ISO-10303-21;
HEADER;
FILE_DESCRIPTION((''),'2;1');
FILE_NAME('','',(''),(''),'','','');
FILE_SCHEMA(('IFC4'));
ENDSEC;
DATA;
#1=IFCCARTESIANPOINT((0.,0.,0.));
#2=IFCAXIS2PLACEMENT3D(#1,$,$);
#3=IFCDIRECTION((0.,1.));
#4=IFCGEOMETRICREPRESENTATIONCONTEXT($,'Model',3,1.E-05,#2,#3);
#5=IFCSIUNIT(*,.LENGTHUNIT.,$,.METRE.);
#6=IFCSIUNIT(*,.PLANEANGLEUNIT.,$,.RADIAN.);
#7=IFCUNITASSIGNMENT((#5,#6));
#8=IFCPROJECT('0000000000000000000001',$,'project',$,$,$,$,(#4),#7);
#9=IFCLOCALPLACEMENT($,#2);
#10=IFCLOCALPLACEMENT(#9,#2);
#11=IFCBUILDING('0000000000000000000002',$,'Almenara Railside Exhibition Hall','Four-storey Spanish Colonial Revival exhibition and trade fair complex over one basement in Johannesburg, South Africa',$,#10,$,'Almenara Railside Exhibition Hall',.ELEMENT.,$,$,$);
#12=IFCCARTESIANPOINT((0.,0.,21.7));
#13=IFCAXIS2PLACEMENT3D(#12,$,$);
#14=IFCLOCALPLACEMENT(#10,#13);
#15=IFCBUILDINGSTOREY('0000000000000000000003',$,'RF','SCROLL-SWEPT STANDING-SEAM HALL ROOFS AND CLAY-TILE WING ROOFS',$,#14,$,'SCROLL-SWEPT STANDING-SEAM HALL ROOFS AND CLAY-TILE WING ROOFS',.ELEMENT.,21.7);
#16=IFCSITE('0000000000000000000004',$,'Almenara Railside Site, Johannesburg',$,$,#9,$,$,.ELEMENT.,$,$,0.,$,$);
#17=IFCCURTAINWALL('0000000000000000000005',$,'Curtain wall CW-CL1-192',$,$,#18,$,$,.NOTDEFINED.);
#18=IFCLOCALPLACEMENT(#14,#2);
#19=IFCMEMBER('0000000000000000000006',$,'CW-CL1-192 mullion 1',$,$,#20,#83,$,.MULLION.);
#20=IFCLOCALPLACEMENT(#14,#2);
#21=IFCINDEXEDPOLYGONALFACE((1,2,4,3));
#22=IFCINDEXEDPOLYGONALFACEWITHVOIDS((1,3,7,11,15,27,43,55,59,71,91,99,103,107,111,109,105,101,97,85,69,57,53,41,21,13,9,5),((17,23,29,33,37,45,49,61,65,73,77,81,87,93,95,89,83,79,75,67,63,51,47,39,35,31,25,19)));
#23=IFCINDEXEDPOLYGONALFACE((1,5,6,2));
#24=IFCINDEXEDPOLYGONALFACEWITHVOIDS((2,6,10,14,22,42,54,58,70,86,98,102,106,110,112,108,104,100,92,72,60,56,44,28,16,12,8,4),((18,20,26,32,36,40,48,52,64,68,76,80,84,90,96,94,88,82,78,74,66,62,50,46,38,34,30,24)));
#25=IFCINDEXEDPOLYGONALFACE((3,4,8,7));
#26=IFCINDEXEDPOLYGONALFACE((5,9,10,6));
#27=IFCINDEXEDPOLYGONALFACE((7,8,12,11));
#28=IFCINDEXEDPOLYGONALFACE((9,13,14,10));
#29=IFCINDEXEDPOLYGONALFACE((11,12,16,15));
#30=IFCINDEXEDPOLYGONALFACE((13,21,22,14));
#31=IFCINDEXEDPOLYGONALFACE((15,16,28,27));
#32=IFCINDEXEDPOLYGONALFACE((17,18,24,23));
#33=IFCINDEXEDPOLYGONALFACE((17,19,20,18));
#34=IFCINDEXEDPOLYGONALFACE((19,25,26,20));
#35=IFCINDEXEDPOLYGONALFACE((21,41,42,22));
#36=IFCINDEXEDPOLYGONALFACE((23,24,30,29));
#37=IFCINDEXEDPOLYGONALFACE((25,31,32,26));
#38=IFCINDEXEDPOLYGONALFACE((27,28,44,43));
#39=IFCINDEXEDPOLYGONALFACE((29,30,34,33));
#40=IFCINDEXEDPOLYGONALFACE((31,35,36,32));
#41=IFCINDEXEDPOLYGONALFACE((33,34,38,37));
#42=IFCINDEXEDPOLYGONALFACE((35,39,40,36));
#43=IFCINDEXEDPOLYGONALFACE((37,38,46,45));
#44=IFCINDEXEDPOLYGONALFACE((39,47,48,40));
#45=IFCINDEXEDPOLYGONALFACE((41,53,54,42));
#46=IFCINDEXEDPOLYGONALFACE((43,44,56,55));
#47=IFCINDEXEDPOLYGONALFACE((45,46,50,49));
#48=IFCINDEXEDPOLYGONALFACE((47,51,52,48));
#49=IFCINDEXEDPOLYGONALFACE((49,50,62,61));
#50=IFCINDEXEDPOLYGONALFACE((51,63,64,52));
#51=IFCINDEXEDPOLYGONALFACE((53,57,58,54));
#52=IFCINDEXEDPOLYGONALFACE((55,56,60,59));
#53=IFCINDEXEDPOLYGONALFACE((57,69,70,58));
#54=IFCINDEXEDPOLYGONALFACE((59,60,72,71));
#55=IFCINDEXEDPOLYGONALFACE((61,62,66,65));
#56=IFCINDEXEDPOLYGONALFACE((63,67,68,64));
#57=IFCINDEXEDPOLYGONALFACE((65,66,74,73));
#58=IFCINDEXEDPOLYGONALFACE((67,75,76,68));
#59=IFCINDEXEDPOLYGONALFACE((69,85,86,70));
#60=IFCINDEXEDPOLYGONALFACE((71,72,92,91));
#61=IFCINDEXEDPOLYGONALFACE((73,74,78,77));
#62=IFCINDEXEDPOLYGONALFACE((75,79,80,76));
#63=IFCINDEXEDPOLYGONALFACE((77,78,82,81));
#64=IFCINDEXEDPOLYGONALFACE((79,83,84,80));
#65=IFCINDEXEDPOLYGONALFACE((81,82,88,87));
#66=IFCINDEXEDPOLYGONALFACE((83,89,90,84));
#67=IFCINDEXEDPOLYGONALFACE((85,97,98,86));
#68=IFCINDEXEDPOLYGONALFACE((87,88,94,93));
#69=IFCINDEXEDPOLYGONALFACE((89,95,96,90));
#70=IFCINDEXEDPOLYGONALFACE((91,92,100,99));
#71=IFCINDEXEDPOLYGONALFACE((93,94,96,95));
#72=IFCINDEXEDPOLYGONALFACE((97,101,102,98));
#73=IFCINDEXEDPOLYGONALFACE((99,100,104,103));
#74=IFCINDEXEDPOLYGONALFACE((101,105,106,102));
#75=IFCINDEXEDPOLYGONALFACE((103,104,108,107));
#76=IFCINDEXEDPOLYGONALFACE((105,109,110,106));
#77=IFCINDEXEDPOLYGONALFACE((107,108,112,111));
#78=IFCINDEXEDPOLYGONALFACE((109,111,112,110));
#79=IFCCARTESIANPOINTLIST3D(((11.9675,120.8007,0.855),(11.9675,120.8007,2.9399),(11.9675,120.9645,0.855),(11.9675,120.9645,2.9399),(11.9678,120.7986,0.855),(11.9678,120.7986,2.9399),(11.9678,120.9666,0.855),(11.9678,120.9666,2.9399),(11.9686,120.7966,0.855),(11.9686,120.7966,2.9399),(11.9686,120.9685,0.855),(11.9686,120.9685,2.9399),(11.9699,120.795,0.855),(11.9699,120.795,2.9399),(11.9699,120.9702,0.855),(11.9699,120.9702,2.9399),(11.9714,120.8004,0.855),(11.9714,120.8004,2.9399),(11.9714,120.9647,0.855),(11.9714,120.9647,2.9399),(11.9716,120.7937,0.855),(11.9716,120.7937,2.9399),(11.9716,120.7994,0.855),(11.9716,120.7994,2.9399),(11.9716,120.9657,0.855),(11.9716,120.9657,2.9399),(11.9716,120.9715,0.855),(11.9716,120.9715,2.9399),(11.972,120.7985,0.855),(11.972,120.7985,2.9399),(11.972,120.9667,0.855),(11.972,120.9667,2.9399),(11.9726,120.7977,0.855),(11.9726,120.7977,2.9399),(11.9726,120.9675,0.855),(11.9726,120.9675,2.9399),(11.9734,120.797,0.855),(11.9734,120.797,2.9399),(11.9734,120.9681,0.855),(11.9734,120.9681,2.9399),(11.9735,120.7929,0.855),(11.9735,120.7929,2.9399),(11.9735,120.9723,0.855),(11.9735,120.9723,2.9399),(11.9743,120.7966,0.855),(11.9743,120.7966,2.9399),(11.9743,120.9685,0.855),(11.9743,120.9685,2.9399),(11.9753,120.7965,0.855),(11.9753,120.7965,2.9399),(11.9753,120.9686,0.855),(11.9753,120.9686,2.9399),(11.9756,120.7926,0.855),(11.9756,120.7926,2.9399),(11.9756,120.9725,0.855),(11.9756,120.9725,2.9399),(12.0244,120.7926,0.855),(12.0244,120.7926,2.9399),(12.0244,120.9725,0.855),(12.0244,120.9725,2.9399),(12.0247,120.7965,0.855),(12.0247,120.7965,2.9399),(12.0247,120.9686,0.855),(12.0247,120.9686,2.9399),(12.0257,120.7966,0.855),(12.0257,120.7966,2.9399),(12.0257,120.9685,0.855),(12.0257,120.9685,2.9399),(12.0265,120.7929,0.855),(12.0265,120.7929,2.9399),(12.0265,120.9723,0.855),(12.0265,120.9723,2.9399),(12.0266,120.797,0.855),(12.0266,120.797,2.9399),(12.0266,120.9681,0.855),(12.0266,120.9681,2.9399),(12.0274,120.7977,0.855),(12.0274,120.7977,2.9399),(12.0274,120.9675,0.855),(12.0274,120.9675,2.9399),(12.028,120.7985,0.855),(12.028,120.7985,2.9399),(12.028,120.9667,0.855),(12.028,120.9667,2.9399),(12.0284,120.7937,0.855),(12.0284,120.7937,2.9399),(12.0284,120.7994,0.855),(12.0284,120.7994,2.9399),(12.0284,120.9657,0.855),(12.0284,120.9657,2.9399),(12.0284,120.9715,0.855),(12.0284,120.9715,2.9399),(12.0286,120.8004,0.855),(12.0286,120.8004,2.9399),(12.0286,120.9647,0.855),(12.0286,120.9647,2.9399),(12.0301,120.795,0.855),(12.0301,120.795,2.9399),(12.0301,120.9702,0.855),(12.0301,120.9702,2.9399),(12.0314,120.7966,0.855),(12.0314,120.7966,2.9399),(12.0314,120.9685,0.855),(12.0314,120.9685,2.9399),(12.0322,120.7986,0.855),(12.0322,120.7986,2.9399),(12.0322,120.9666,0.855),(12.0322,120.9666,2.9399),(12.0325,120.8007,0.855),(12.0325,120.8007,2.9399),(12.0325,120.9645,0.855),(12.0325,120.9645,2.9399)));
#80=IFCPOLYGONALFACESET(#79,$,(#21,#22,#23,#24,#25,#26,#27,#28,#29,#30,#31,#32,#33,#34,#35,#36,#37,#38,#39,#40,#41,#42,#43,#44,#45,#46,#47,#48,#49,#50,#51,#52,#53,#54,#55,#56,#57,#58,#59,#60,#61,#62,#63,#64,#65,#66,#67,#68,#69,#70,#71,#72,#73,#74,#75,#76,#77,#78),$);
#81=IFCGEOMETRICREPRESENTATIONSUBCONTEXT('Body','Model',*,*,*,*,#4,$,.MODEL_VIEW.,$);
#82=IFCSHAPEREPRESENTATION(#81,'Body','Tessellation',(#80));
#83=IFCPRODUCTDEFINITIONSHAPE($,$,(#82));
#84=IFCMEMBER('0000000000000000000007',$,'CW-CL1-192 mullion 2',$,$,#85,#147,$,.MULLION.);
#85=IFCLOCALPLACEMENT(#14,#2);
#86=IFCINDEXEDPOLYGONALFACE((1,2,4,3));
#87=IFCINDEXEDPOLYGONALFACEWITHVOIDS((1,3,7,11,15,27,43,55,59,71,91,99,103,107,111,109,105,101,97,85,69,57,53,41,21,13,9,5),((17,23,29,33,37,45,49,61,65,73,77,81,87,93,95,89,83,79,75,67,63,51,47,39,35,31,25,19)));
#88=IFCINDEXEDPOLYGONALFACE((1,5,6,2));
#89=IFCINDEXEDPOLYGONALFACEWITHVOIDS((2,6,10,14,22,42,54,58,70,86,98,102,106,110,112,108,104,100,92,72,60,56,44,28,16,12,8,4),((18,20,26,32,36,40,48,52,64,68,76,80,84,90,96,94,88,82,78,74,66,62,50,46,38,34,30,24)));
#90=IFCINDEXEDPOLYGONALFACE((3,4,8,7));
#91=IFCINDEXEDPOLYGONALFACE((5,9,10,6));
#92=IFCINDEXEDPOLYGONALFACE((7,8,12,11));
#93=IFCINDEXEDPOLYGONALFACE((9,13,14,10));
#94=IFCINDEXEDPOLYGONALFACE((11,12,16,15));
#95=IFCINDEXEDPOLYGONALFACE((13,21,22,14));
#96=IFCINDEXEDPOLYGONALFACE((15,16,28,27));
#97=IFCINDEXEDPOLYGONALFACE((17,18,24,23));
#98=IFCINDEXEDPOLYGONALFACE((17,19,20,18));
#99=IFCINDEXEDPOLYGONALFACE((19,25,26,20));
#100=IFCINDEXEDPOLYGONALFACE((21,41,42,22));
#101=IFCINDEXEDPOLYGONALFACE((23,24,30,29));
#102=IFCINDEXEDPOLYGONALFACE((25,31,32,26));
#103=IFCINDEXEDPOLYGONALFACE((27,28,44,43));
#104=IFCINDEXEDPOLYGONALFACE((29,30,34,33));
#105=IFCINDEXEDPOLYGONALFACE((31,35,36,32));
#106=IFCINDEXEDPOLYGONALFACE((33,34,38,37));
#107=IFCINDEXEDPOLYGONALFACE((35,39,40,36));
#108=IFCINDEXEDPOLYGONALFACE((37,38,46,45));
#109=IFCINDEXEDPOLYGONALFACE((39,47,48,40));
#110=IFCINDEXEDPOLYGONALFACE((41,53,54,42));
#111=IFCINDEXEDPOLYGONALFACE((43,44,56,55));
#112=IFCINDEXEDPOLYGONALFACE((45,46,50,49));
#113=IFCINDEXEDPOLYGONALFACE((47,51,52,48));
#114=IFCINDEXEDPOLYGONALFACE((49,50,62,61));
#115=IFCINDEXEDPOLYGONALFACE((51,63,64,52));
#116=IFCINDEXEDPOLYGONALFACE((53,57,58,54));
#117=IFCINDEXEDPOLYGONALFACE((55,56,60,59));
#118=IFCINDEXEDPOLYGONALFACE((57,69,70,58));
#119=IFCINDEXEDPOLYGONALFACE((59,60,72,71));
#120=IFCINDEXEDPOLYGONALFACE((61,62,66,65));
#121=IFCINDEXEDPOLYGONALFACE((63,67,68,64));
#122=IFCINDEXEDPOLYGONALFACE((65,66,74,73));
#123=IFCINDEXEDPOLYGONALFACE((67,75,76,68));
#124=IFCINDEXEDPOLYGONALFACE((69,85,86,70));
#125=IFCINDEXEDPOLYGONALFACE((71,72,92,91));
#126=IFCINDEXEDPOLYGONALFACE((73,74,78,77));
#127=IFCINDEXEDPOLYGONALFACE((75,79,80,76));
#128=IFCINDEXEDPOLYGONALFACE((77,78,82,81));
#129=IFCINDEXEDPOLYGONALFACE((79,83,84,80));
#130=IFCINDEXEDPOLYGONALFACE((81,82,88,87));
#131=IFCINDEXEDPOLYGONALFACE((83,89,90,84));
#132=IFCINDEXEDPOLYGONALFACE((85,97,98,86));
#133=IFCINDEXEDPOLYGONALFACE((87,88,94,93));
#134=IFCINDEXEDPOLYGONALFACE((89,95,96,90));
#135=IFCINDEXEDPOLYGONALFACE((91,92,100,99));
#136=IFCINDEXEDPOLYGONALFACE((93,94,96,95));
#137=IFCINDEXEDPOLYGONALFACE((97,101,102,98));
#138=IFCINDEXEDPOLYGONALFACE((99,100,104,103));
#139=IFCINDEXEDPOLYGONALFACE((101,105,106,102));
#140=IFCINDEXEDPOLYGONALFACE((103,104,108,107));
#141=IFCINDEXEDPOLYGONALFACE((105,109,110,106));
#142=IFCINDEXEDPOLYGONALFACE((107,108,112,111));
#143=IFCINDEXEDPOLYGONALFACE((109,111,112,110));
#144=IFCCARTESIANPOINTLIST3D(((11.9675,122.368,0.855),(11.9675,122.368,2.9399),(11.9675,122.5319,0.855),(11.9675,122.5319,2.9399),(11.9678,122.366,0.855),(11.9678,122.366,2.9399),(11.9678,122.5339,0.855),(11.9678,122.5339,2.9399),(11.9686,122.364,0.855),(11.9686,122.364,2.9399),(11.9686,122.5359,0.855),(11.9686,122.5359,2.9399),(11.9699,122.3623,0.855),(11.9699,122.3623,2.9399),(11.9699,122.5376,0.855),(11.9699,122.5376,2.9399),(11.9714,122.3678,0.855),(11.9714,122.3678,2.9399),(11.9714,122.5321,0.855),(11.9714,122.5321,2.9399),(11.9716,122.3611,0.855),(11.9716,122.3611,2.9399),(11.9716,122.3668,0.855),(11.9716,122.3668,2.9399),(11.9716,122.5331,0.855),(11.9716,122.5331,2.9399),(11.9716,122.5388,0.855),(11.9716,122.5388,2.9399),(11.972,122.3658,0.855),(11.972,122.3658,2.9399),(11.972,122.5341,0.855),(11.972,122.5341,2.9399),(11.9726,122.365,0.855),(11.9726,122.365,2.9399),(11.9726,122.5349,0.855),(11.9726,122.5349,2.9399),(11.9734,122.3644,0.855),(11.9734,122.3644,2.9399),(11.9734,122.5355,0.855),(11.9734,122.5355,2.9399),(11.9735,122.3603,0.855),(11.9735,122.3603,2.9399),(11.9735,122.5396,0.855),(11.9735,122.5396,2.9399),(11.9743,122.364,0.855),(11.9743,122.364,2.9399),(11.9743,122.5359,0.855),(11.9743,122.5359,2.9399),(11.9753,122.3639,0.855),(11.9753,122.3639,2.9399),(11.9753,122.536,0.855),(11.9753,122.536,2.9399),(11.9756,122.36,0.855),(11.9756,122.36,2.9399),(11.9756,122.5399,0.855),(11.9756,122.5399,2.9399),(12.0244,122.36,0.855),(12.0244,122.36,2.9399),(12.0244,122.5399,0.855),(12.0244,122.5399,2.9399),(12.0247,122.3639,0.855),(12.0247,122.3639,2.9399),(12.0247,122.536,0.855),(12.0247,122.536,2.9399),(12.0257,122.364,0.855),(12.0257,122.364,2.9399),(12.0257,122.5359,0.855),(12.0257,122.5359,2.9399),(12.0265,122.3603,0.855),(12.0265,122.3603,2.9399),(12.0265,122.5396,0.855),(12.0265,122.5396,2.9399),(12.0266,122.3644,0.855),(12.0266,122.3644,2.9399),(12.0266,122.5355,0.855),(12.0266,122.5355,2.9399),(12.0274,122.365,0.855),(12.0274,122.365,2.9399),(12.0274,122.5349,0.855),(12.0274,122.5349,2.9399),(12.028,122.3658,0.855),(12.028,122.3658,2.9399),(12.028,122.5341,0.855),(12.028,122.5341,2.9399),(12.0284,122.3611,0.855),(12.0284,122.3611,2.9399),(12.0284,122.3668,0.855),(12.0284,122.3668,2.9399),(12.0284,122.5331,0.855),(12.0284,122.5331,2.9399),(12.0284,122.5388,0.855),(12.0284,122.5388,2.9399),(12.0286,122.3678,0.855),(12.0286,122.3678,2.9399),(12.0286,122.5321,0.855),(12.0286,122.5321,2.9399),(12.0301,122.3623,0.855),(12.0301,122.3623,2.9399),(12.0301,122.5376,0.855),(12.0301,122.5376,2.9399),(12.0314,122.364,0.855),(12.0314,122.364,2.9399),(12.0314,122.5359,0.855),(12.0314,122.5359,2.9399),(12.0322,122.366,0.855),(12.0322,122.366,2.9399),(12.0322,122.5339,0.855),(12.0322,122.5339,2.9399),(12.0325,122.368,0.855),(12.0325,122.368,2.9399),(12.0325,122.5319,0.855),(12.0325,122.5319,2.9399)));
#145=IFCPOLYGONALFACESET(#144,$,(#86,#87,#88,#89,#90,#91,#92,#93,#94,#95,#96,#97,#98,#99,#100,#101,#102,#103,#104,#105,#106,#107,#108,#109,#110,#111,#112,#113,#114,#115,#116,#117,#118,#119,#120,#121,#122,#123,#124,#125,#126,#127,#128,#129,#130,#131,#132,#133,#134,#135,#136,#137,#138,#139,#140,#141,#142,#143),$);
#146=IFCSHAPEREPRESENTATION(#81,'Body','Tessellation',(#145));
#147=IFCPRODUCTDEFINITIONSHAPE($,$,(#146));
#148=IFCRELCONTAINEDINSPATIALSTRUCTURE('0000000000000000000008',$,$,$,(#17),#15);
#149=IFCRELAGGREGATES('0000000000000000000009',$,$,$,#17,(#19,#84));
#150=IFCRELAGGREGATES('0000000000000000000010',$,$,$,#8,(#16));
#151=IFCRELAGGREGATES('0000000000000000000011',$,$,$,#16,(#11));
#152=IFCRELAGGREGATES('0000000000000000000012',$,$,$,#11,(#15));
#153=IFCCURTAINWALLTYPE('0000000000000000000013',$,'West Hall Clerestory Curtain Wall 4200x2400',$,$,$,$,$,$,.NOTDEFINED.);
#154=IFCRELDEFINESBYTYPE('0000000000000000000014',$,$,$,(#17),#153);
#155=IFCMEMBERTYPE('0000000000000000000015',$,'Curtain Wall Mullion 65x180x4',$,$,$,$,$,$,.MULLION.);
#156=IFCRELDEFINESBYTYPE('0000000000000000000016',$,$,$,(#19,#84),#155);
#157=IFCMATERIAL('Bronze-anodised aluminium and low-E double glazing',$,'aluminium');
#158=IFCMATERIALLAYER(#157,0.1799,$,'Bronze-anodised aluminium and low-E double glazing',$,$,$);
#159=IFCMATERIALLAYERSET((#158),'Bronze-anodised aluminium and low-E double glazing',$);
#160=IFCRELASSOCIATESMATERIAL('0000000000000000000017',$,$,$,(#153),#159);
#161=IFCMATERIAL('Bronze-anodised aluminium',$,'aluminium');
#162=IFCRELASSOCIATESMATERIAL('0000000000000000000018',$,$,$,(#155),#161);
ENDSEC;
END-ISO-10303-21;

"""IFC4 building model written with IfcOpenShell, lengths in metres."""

from ifc_helpers import new_model, si_unit, direction, frame, origin, origin_2d, place, context, subcontext, project, spatial, hollow_rectangle, extrude, material, layer, layer_set, material_profile, profile_set, type_object, element, aggregate, save


model = new_model("IFC4")

# Units and contexts
model_context = context("Model", 3, precision=1e-05, world=origin(), true_north=direction((0.0, 1.0)))
body_context = subcontext(model_context, "Body", "Model", "MODEL_VIEW")
ifc_project = project(units=[si_unit("LENGTHUNIT", "METRE"), si_unit("PLANEANGLEUNIT", "RADIAN")], contexts=[model_context])

# Site, building, storey
site_placement = place(None, origin())
site = spatial("IfcSite", under=ifc_project, at=site_placement, Name="Almenara Railside Site, Johannesburg", CompositionType="ELEMENT", RefElevation=0.0)
building_placement = place(site_placement, origin())
building = spatial("IfcBuilding", under=site, at=building_placement, Name="Almenara Railside Exhibition Hall", Description="Four-storey Spanish Colonial Revival exhibition and trade fair complex over one basement in Johannesburg, South Africa", LongName="Almenara Railside Exhibition Hall", CompositionType="ELEMENT")
storey_placement = place(building_placement, frame((0.0, 0.0, 21.7)))
storey = spatial("IfcBuildingStorey", under=building, at=storey_placement, Name="RF", Description="SCROLL-SWEPT STANDING-SEAM HALL ROOFS AND CLAY-TILE WING ROOFS", LongName="SCROLL-SWEPT STANDING-SEAM HALL ROOFS AND CLAY-TILE WING ROOFS", CompositionType="ELEMENT", Elevation=21.7)

# Shared definitions
ifc_material_1 = material(Name="Bronze-anodised aluminium and low-E double glazing", Category="aluminium")
ifc_layer_1 = layer(ifc_material_1, 0.1799, Name="Bronze-anodised aluminium and low-E double glazing")
ifc_layer_set_1 = layer_set([ifc_layer_1], Name="Bronze-anodised aluminium and low-E double glazing")
curtain_wall_type = type_object("IfcCurtainWallType", Name="West Hall Clerestory Curtain Wall 4200x2400", PredefinedType="NOTDEFINED", material=ifc_layer_set_1)
ifc_material_2 = material(Name="Bronze-anodised aluminium", Category="aluminium")

# Curtain wall, members
curtain_wall_1_placement = place(storey_placement, origin())
curtain_wall_1 = element("IfcCurtainWall", 1, at=curtain_wall_1_placement, inside=storey, type_object=curtain_wall_type, Name="Curtain wall CW-CL1-192", PredefinedType="NOTDEFINED")
ifc_material_profile_1 = material_profile(ifc_material_2, hollow_rectangle(XDim=0.0649, YDim=0.1799, WallThickness=0.0039, InnerFilletRadius=0.0039, OuterFilletRadius=0.0081, at=origin_2d()), Name="ALU-MUL 65x180x4")
ifc_profile_set_1 = profile_set([ifc_material_profile_1], Name="Bronze-anodised aluminium")
member_type_1 = type_object("IfcMemberType", Name="Curtain Wall Mullion 65x180x4", PredefinedType="MULLION", material=ifc_profile_set_1)
member_1_placement = place(storey_placement, frame((12.0, 120.8826, 0.855), z_axis=(0.0, 0.0, 1.0), x_axis=(-1.0, 0.0, 0.0)))
member_1 = element("IfcMember", 2, at=member_1_placement, type_object=member_type_1, Name="CW-CL1-192 mullion 1", PredefinedType="MULLION", context=body_context, shape_type="SweptSolid", body=[
    extrude(hollow_rectangle(XDim=0.0649, YDim=0.1799, WallThickness=0.0039, InnerFilletRadius=0.0039, OuterFilletRadius=0.0081, at=origin_2d()), origin(), (0.0, 0.0, 1.0), 2.085),
])
member_2_placement = place(storey_placement, frame((12.0, 122.45, 0.855), z_axis=(0.0, 0.0, 1.0), x_axis=(-1.0, 0.0, 0.0)))
member_2 = element("IfcMember", 3, at=member_2_placement, type_object=member_type_1, Name="CW-CL1-192 mullion 2", PredefinedType="MULLION", context=body_context, shape_type="SweptSolid", body=[
    extrude(hollow_rectangle(XDim=0.0649, YDim=0.1799, WallThickness=0.0039, InnerFilletRadius=0.0039, OuterFilletRadius=0.0081, at=origin_2d()), origin(), (0.0, 0.0, 1.0), 2.085),
])

aggregate(curtain_wall_1, [member_1, member_2])

save(model, "model.ifc")
